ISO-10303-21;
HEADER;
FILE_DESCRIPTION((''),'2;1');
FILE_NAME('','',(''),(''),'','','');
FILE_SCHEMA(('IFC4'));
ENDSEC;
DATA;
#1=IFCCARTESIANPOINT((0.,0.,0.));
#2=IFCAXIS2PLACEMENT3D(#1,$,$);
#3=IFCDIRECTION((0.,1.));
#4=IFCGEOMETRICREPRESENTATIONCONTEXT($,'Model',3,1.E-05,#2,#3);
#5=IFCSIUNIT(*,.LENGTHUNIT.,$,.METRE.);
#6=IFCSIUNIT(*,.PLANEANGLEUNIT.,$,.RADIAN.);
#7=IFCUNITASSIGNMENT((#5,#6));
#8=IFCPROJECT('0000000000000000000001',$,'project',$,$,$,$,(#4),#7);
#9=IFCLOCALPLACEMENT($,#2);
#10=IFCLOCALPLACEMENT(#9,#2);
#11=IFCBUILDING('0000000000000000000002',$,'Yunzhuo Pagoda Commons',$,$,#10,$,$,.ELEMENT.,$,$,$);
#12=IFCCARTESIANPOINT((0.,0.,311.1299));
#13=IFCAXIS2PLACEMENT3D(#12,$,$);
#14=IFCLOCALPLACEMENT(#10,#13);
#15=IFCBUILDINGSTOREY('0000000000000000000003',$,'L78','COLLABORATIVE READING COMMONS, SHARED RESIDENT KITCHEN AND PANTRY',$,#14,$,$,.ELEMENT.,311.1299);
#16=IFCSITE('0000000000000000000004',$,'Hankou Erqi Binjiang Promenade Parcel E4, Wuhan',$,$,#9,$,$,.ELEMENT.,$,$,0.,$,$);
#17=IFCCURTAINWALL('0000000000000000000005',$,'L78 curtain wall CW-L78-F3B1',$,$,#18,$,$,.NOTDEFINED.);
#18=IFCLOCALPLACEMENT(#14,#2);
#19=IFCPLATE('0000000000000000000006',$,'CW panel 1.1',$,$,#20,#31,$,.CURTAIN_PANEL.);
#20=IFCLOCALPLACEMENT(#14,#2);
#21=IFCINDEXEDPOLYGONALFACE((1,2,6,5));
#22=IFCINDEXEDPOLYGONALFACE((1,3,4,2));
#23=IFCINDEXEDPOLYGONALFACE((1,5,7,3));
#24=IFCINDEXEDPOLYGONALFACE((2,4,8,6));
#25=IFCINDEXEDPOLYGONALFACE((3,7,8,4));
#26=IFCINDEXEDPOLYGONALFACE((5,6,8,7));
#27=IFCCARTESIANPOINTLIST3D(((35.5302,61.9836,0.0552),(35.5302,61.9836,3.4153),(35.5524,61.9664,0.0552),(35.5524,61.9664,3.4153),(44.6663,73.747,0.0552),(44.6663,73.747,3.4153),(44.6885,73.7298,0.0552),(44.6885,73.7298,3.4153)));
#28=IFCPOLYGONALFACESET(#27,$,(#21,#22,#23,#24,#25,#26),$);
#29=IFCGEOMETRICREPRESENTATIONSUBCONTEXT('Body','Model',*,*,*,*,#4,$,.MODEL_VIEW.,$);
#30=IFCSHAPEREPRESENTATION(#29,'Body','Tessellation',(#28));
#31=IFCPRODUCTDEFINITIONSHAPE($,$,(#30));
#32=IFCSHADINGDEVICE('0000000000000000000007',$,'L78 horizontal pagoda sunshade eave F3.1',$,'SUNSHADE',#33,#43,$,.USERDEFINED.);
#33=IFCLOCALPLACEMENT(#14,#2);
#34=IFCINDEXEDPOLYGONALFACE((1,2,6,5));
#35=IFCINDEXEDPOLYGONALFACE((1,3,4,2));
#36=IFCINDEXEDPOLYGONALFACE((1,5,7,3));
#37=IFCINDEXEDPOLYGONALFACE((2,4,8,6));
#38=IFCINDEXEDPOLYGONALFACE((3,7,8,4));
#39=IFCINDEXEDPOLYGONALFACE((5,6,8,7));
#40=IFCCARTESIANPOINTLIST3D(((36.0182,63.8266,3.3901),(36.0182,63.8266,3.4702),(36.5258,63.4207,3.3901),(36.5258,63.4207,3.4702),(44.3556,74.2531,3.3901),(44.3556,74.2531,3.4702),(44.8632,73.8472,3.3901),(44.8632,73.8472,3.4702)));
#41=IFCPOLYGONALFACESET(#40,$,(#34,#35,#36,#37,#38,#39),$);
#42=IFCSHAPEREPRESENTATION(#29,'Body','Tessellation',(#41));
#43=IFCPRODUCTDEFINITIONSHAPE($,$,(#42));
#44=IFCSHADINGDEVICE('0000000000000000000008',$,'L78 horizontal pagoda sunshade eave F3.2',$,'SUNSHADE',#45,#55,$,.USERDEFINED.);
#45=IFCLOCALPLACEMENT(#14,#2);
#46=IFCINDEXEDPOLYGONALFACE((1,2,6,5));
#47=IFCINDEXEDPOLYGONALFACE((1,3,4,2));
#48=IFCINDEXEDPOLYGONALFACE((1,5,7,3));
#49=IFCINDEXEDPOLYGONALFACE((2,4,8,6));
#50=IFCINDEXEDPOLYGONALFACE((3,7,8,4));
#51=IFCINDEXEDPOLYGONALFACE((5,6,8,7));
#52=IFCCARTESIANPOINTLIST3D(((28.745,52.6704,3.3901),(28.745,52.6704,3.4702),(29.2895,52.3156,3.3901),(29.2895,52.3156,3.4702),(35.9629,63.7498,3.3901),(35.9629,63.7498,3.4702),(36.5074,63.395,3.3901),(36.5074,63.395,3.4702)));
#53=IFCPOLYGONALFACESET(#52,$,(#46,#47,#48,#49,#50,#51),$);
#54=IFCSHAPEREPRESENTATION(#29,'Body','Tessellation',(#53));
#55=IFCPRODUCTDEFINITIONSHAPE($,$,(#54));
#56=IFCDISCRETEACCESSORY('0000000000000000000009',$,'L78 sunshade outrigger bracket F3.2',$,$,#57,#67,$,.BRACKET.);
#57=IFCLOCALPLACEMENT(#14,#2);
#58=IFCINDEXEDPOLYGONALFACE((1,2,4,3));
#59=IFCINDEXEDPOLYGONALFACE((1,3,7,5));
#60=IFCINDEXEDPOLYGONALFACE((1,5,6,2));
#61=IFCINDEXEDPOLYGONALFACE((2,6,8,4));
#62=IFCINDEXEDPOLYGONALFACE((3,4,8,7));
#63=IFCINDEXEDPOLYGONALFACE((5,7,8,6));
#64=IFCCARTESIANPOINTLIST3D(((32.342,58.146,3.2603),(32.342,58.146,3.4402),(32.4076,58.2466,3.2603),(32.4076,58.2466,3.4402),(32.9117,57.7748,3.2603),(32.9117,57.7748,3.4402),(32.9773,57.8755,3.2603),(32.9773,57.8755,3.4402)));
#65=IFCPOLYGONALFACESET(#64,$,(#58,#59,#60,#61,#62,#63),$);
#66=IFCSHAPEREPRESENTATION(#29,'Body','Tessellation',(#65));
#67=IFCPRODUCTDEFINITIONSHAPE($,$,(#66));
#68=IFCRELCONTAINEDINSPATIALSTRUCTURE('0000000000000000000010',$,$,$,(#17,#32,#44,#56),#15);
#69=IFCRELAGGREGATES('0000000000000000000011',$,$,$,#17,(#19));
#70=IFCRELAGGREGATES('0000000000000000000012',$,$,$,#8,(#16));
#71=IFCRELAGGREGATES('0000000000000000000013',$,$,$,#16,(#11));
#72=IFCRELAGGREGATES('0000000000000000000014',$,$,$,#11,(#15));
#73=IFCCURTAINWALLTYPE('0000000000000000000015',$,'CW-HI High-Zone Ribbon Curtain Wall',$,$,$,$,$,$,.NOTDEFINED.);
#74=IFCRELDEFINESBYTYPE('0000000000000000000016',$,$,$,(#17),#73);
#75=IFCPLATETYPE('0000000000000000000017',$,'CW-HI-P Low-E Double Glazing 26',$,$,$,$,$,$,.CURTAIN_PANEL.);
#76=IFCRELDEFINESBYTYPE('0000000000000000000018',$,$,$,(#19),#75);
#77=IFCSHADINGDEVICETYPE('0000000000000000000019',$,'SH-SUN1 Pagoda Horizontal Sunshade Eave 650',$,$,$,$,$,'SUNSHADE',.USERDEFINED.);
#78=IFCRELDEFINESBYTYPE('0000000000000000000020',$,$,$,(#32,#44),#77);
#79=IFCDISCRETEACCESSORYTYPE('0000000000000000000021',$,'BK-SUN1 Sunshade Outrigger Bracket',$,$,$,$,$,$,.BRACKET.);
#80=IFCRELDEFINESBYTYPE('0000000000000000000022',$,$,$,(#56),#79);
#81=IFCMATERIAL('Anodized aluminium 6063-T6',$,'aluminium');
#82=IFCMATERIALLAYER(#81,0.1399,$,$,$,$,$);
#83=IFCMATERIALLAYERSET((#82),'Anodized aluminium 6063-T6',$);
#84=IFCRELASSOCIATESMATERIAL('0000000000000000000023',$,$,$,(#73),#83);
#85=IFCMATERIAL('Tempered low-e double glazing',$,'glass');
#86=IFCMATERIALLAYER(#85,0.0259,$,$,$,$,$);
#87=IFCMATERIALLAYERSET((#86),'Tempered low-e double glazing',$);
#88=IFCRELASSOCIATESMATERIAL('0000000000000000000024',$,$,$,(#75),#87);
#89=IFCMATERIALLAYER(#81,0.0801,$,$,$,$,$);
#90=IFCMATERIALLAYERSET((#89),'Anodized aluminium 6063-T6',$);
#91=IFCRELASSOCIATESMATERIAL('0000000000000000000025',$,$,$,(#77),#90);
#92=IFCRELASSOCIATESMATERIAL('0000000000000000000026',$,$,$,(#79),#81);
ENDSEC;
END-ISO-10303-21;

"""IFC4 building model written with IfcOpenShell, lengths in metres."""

from ifc_helpers import new_model, si_unit, direction, frame, origin, origin_2d, place, context, subcontext, project, spatial, rectangle, extrude, source, transform, mapped, material, layer, layer_set, type_object, element, aggregate, save


model = new_model("IFC4")

# Units and contexts
model_context = context("Model", 3, precision=1e-05, world=origin(), true_north=direction((0.0, 1.0)))
body_context = subcontext(model_context, "Body", "Model", "MODEL_VIEW")
ifc_project = project(units=[si_unit("LENGTHUNIT", "METRE"), si_unit("PLANEANGLEUNIT", "RADIAN")], contexts=[model_context])

# Site, building, storey
site_placement = place(None, origin())
site = spatial("IfcSite", under=ifc_project, at=site_placement, Name="Hankou Erqi Binjiang Promenade Parcel E4, Wuhan", CompositionType="ELEMENT", RefElevation=0.0)
building_placement = place(site_placement, origin())
building = spatial("IfcBuilding", under=site, at=building_placement, Name="Yunzhuo Pagoda Commons", CompositionType="ELEMENT")
storey_placement = place(building_placement, frame((0.0, 0.0, 311.1299)))
storey = spatial("IfcBuildingStorey", under=building, at=storey_placement, Name="L78", Description="COLLABORATIVE READING COMMONS, SHARED RESIDENT KITCHEN AND PANTRY", CompositionType="ELEMENT", Elevation=311.1299)

# Shared definitions
ifc_material_1 = material(Name="Anodized aluminium 6063-T6", Category="aluminium")
ifc_layer_1 = layer(ifc_material_1, 0.1399)
ifc_layer_set_1 = layer_set([ifc_layer_1], Name="Anodized aluminium 6063-T6")
curtain_wall_type = type_object("IfcCurtainWallType", Name="CW-HI High-Zone Ribbon Curtain Wall", PredefinedType="NOTDEFINED", material=ifc_layer_set_1)

# Curtain wall
curtain_wall_1_placement = place(storey_placement, origin())
curtain_wall_1 = element("IfcCurtainWall", 1, at=curtain_wall_1_placement, inside=storey, type_object=curtain_wall_type, Name="L78 curtain wall CW-L78-F3B1", PredefinedType="NOTDEFINED")

# Shared definitions
ifc_material_2 = material(Name="Tempered low-e double glazing", Category="glass")
ifc_layer_2 = layer(ifc_material_2, 0.0259)
ifc_layer_set_2 = layer_set([ifc_layer_2], Name="Tempered low-e double glazing")
plate_type_1 = type_object("IfcPlateType", Name="CW-HI-P Low-E Double Glazing 26", PredefinedType="CURTAIN_PANEL", material=ifc_layer_set_2)

# Plate
shared_shape_1 = source(origin(), body_context, "Body", "SweptSolid", [
    extrude(rectangle(XDim=14.8945, YDim=0.0281, at=origin_2d()), origin(), (0.0, 0.0, 1.0), 3.3601),
])
plate_1_placement = place(storey_placement, frame((40.1094, 67.8567, 0.0552), z_axis=(0.0, 0.0, 1.0), x_axis=(-0.613387, -0.789783, 0.0)))
plate_1 = element("IfcPlate", 2, at=plate_1_placement, type_object=plate_type_1, Name="CW panel 1.1", PredefinedType="CURTAIN_PANEL", context=body_context, shape_type="MappedRepresentation", body=[
    mapped(shared_shape_1, transform((0.0, 0.0, 0.0), scale=1.0)),
])
aggregate(curtain_wall_1, [plate_1])

# Shading devices
ifc_layer_3 = layer(ifc_material_1, 0.0801)
ifc_layer_set_3 = layer_set([ifc_layer_3], Name="Anodized aluminium 6063-T6")
shading_device_type = type_object("IfcShadingDeviceType", Name="SH-SUN1 Pagoda Horizontal Sunshade Eave 650", ElementType="SUNSHADE", PredefinedType="USERDEFINED", material=ifc_layer_set_3)
shared_shape_2 = source(origin(), body_context, "Body", "SweptSolid", [
    extrude(rectangle(XDim=13.3501, YDim=0.6499, at=origin_2d()), origin(), (0.0, 0.0, 1.0), 0.0801),
])
shading_device_1_placement = place(storey_placement, frame((40.4407, 68.8369, 3.3901), z_axis=(0.0, 0.0, 1.0), x_axis=(-0.62452, -0.781008, 0.0)))
element("IfcShadingDevice", 3, at=shading_device_1_placement, inside=storey, type_object=shading_device_type, Name="L78 horizontal pagoda sunshade eave F3.1", ObjectType="SUNSHADE", PredefinedType="USERDEFINED", context=body_context, shape_type="MappedRepresentation", body=[
    mapped(shared_shape_2, transform((0.0, 0.0, 0.0), scale=1.0)),
])
shared_shape_3 = source(origin(), body_context, "Body", "SweptSolid", [
    extrude(rectangle(XDim=13.2231, YDim=0.6499, at=origin_2d()), origin(), (0.0, 0.0, 1.0), 0.0801),
])
shading_device_2_placement = place(storey_placement, frame((32.6262, 58.0327, 3.3901), z_axis=(0.0, 0.0, 1.0), x_axis=(-0.545853, -0.837881, 0.0)))
element("IfcShadingDevice", 4, at=shading_device_2_placement, inside=storey, type_object=shading_device_type, Name="L78 horizontal pagoda sunshade eave F3.2", ObjectType="SUNSHADE", PredefinedType="USERDEFINED", context=body_context, shape_type="MappedRepresentation", body=[
    mapped(shared_shape_3, transform((0.0, 0.0, 0.0), scale=1.0)),
])

# Discrete accessory
discrete_accessory_type = type_object("IfcDiscreteAccessoryType", Name="BK-SUN1 Sunshade Outrigger Bracket", PredefinedType="BRACKET", material=ifc_material_1)
shared_shape_4 = source(origin(), body_context, "Body", "SweptSolid", [
    extrude(rectangle(XDim=0.1201, YDim=0.6799, at=origin_2d()), origin(), (0.0, 0.0, 1.0), 0.1799),
])
discrete_accessory_placement = place(storey_placement, frame((32.6597, 58.0107, 3.2603), z_axis=(0.0, 0.0, 1.0), x_axis=(-0.545853, -0.837881, 0.0)))
element("IfcDiscreteAccessory", 5, at=discrete_accessory_placement, inside=storey, type_object=discrete_accessory_type, Name="L78 sunshade outrigger bracket F3.2", PredefinedType="BRACKET", context=body_context, shape_type="MappedRepresentation", body=[
    mapped(shared_shape_4, transform((0.0, 0.0, 0.0), scale=1.0)),
])

save(model, "model.ifc")
